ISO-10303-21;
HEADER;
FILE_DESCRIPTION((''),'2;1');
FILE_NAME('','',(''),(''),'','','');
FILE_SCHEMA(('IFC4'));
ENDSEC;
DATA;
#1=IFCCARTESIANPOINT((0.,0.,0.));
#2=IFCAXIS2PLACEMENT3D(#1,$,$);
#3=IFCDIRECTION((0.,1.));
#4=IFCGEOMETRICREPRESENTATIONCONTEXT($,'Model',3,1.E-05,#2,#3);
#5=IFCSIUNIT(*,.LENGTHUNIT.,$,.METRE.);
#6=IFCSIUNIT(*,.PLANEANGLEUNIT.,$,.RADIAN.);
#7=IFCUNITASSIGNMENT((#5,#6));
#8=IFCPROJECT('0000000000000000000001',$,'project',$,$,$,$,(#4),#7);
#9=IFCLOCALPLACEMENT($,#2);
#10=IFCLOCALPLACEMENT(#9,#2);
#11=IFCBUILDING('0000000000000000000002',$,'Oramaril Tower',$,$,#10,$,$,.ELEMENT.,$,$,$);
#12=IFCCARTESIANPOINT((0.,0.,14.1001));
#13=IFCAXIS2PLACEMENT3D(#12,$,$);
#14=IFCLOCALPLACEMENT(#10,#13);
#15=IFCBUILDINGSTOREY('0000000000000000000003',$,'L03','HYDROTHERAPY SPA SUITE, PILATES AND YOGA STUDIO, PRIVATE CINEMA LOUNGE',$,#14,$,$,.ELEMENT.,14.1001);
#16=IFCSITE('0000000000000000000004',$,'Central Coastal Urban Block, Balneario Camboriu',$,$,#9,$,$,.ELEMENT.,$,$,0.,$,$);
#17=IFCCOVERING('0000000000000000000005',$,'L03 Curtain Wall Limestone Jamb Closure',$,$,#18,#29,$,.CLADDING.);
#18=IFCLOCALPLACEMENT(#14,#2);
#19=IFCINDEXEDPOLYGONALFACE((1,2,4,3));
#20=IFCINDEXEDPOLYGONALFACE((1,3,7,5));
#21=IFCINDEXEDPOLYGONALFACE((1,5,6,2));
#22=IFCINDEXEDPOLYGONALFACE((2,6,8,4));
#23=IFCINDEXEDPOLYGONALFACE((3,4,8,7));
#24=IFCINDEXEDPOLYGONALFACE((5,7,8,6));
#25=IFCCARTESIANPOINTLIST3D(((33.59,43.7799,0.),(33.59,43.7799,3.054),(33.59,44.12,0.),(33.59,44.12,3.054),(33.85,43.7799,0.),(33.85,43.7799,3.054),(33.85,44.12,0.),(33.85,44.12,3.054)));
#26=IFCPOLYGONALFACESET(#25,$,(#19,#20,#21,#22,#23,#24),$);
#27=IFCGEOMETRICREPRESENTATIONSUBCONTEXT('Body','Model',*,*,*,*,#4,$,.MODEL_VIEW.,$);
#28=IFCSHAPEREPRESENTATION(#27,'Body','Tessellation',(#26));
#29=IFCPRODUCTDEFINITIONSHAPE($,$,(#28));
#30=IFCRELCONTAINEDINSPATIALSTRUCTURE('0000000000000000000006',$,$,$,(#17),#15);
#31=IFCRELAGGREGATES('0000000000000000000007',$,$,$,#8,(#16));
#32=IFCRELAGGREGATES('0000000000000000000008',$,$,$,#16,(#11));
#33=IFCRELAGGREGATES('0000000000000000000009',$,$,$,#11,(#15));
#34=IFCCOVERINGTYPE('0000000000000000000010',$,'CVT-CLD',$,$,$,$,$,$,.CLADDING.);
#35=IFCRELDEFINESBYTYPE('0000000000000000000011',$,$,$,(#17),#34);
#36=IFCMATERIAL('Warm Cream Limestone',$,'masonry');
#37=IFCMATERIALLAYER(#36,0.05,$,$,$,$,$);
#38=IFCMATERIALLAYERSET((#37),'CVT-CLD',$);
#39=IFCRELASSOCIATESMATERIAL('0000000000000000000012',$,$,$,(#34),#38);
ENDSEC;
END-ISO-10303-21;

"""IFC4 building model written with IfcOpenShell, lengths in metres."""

from ifc_helpers import new_model, si_unit, direction, frame, origin, origin_2d, place, context, subcontext, project, spatial, rectangle, extrude, material, layer, layer_set, type_object, element, save


model = new_model("IFC4")

# Units and contexts
model_context = context("Model", 3, precision=1e-05, world=origin(), true_north=direction((0.0, 1.0)))
body_context = subcontext(model_context, "Body", "Model", "MODEL_VIEW")
ifc_project = project(units=[si_unit("LENGTHUNIT", "METRE"), si_unit("PLANEANGLEUNIT", "RADIAN")], contexts=[model_context])

# Site, building, storey
site_placement = place(None, origin())
site = spatial("IfcSite", under=ifc_project, at=site_placement, Name="Central Coastal Urban Block, Balneario Camboriu", CompositionType="ELEMENT", RefElevation=0.0)
building_placement = place(site_placement, origin())
building = spatial("IfcBuilding", under=site, at=building_placement, Name="Oramaril Tower", CompositionType="ELEMENT")
storey_placement = place(building_placement, frame((0.0, 0.0, 14.1001)))
storey = spatial("IfcBuildingStorey", under=building, at=storey_placement, Name="L03", Description="HYDROTHERAPY SPA SUITE, PILATES AND YOGA STUDIO, PRIVATE CINEMA LOUNGE", CompositionType="ELEMENT", Elevation=14.1001)

# Covering
ifc_material_1 = material(Name="Warm Cream Limestone", Category="masonry")
ifc_layer_1 = layer(ifc_material_1, 0.05)
ifc_layer_set_1 = layer_set([ifc_layer_1], Name="CVT-CLD")
covering_type = type_object("IfcCoveringType", Name="CVT-CLD", PredefinedType="CLADDING", material=ifc_layer_set_1)
covering_placement = place(storey_placement, frame((33.72, 43.95, 0.0), z_axis=(0.0, 0.0, 1.0), x_axis=(-1.0, 0.0, 0.0)))
element("IfcCovering", 1, at=covering_placement, inside=storey, type_object=covering_type, Name="L03 Curtain Wall Limestone Jamb Closure", PredefinedType="CLADDING", context=body_context, shape_type="SweptSolid", body=[
    extrude(rectangle(XDim=0.26, YDim=0.3401, at=origin_2d()), origin(), (0.0, 0.0, 1.0), 3.054),
])

save(model, "model.ifc")
